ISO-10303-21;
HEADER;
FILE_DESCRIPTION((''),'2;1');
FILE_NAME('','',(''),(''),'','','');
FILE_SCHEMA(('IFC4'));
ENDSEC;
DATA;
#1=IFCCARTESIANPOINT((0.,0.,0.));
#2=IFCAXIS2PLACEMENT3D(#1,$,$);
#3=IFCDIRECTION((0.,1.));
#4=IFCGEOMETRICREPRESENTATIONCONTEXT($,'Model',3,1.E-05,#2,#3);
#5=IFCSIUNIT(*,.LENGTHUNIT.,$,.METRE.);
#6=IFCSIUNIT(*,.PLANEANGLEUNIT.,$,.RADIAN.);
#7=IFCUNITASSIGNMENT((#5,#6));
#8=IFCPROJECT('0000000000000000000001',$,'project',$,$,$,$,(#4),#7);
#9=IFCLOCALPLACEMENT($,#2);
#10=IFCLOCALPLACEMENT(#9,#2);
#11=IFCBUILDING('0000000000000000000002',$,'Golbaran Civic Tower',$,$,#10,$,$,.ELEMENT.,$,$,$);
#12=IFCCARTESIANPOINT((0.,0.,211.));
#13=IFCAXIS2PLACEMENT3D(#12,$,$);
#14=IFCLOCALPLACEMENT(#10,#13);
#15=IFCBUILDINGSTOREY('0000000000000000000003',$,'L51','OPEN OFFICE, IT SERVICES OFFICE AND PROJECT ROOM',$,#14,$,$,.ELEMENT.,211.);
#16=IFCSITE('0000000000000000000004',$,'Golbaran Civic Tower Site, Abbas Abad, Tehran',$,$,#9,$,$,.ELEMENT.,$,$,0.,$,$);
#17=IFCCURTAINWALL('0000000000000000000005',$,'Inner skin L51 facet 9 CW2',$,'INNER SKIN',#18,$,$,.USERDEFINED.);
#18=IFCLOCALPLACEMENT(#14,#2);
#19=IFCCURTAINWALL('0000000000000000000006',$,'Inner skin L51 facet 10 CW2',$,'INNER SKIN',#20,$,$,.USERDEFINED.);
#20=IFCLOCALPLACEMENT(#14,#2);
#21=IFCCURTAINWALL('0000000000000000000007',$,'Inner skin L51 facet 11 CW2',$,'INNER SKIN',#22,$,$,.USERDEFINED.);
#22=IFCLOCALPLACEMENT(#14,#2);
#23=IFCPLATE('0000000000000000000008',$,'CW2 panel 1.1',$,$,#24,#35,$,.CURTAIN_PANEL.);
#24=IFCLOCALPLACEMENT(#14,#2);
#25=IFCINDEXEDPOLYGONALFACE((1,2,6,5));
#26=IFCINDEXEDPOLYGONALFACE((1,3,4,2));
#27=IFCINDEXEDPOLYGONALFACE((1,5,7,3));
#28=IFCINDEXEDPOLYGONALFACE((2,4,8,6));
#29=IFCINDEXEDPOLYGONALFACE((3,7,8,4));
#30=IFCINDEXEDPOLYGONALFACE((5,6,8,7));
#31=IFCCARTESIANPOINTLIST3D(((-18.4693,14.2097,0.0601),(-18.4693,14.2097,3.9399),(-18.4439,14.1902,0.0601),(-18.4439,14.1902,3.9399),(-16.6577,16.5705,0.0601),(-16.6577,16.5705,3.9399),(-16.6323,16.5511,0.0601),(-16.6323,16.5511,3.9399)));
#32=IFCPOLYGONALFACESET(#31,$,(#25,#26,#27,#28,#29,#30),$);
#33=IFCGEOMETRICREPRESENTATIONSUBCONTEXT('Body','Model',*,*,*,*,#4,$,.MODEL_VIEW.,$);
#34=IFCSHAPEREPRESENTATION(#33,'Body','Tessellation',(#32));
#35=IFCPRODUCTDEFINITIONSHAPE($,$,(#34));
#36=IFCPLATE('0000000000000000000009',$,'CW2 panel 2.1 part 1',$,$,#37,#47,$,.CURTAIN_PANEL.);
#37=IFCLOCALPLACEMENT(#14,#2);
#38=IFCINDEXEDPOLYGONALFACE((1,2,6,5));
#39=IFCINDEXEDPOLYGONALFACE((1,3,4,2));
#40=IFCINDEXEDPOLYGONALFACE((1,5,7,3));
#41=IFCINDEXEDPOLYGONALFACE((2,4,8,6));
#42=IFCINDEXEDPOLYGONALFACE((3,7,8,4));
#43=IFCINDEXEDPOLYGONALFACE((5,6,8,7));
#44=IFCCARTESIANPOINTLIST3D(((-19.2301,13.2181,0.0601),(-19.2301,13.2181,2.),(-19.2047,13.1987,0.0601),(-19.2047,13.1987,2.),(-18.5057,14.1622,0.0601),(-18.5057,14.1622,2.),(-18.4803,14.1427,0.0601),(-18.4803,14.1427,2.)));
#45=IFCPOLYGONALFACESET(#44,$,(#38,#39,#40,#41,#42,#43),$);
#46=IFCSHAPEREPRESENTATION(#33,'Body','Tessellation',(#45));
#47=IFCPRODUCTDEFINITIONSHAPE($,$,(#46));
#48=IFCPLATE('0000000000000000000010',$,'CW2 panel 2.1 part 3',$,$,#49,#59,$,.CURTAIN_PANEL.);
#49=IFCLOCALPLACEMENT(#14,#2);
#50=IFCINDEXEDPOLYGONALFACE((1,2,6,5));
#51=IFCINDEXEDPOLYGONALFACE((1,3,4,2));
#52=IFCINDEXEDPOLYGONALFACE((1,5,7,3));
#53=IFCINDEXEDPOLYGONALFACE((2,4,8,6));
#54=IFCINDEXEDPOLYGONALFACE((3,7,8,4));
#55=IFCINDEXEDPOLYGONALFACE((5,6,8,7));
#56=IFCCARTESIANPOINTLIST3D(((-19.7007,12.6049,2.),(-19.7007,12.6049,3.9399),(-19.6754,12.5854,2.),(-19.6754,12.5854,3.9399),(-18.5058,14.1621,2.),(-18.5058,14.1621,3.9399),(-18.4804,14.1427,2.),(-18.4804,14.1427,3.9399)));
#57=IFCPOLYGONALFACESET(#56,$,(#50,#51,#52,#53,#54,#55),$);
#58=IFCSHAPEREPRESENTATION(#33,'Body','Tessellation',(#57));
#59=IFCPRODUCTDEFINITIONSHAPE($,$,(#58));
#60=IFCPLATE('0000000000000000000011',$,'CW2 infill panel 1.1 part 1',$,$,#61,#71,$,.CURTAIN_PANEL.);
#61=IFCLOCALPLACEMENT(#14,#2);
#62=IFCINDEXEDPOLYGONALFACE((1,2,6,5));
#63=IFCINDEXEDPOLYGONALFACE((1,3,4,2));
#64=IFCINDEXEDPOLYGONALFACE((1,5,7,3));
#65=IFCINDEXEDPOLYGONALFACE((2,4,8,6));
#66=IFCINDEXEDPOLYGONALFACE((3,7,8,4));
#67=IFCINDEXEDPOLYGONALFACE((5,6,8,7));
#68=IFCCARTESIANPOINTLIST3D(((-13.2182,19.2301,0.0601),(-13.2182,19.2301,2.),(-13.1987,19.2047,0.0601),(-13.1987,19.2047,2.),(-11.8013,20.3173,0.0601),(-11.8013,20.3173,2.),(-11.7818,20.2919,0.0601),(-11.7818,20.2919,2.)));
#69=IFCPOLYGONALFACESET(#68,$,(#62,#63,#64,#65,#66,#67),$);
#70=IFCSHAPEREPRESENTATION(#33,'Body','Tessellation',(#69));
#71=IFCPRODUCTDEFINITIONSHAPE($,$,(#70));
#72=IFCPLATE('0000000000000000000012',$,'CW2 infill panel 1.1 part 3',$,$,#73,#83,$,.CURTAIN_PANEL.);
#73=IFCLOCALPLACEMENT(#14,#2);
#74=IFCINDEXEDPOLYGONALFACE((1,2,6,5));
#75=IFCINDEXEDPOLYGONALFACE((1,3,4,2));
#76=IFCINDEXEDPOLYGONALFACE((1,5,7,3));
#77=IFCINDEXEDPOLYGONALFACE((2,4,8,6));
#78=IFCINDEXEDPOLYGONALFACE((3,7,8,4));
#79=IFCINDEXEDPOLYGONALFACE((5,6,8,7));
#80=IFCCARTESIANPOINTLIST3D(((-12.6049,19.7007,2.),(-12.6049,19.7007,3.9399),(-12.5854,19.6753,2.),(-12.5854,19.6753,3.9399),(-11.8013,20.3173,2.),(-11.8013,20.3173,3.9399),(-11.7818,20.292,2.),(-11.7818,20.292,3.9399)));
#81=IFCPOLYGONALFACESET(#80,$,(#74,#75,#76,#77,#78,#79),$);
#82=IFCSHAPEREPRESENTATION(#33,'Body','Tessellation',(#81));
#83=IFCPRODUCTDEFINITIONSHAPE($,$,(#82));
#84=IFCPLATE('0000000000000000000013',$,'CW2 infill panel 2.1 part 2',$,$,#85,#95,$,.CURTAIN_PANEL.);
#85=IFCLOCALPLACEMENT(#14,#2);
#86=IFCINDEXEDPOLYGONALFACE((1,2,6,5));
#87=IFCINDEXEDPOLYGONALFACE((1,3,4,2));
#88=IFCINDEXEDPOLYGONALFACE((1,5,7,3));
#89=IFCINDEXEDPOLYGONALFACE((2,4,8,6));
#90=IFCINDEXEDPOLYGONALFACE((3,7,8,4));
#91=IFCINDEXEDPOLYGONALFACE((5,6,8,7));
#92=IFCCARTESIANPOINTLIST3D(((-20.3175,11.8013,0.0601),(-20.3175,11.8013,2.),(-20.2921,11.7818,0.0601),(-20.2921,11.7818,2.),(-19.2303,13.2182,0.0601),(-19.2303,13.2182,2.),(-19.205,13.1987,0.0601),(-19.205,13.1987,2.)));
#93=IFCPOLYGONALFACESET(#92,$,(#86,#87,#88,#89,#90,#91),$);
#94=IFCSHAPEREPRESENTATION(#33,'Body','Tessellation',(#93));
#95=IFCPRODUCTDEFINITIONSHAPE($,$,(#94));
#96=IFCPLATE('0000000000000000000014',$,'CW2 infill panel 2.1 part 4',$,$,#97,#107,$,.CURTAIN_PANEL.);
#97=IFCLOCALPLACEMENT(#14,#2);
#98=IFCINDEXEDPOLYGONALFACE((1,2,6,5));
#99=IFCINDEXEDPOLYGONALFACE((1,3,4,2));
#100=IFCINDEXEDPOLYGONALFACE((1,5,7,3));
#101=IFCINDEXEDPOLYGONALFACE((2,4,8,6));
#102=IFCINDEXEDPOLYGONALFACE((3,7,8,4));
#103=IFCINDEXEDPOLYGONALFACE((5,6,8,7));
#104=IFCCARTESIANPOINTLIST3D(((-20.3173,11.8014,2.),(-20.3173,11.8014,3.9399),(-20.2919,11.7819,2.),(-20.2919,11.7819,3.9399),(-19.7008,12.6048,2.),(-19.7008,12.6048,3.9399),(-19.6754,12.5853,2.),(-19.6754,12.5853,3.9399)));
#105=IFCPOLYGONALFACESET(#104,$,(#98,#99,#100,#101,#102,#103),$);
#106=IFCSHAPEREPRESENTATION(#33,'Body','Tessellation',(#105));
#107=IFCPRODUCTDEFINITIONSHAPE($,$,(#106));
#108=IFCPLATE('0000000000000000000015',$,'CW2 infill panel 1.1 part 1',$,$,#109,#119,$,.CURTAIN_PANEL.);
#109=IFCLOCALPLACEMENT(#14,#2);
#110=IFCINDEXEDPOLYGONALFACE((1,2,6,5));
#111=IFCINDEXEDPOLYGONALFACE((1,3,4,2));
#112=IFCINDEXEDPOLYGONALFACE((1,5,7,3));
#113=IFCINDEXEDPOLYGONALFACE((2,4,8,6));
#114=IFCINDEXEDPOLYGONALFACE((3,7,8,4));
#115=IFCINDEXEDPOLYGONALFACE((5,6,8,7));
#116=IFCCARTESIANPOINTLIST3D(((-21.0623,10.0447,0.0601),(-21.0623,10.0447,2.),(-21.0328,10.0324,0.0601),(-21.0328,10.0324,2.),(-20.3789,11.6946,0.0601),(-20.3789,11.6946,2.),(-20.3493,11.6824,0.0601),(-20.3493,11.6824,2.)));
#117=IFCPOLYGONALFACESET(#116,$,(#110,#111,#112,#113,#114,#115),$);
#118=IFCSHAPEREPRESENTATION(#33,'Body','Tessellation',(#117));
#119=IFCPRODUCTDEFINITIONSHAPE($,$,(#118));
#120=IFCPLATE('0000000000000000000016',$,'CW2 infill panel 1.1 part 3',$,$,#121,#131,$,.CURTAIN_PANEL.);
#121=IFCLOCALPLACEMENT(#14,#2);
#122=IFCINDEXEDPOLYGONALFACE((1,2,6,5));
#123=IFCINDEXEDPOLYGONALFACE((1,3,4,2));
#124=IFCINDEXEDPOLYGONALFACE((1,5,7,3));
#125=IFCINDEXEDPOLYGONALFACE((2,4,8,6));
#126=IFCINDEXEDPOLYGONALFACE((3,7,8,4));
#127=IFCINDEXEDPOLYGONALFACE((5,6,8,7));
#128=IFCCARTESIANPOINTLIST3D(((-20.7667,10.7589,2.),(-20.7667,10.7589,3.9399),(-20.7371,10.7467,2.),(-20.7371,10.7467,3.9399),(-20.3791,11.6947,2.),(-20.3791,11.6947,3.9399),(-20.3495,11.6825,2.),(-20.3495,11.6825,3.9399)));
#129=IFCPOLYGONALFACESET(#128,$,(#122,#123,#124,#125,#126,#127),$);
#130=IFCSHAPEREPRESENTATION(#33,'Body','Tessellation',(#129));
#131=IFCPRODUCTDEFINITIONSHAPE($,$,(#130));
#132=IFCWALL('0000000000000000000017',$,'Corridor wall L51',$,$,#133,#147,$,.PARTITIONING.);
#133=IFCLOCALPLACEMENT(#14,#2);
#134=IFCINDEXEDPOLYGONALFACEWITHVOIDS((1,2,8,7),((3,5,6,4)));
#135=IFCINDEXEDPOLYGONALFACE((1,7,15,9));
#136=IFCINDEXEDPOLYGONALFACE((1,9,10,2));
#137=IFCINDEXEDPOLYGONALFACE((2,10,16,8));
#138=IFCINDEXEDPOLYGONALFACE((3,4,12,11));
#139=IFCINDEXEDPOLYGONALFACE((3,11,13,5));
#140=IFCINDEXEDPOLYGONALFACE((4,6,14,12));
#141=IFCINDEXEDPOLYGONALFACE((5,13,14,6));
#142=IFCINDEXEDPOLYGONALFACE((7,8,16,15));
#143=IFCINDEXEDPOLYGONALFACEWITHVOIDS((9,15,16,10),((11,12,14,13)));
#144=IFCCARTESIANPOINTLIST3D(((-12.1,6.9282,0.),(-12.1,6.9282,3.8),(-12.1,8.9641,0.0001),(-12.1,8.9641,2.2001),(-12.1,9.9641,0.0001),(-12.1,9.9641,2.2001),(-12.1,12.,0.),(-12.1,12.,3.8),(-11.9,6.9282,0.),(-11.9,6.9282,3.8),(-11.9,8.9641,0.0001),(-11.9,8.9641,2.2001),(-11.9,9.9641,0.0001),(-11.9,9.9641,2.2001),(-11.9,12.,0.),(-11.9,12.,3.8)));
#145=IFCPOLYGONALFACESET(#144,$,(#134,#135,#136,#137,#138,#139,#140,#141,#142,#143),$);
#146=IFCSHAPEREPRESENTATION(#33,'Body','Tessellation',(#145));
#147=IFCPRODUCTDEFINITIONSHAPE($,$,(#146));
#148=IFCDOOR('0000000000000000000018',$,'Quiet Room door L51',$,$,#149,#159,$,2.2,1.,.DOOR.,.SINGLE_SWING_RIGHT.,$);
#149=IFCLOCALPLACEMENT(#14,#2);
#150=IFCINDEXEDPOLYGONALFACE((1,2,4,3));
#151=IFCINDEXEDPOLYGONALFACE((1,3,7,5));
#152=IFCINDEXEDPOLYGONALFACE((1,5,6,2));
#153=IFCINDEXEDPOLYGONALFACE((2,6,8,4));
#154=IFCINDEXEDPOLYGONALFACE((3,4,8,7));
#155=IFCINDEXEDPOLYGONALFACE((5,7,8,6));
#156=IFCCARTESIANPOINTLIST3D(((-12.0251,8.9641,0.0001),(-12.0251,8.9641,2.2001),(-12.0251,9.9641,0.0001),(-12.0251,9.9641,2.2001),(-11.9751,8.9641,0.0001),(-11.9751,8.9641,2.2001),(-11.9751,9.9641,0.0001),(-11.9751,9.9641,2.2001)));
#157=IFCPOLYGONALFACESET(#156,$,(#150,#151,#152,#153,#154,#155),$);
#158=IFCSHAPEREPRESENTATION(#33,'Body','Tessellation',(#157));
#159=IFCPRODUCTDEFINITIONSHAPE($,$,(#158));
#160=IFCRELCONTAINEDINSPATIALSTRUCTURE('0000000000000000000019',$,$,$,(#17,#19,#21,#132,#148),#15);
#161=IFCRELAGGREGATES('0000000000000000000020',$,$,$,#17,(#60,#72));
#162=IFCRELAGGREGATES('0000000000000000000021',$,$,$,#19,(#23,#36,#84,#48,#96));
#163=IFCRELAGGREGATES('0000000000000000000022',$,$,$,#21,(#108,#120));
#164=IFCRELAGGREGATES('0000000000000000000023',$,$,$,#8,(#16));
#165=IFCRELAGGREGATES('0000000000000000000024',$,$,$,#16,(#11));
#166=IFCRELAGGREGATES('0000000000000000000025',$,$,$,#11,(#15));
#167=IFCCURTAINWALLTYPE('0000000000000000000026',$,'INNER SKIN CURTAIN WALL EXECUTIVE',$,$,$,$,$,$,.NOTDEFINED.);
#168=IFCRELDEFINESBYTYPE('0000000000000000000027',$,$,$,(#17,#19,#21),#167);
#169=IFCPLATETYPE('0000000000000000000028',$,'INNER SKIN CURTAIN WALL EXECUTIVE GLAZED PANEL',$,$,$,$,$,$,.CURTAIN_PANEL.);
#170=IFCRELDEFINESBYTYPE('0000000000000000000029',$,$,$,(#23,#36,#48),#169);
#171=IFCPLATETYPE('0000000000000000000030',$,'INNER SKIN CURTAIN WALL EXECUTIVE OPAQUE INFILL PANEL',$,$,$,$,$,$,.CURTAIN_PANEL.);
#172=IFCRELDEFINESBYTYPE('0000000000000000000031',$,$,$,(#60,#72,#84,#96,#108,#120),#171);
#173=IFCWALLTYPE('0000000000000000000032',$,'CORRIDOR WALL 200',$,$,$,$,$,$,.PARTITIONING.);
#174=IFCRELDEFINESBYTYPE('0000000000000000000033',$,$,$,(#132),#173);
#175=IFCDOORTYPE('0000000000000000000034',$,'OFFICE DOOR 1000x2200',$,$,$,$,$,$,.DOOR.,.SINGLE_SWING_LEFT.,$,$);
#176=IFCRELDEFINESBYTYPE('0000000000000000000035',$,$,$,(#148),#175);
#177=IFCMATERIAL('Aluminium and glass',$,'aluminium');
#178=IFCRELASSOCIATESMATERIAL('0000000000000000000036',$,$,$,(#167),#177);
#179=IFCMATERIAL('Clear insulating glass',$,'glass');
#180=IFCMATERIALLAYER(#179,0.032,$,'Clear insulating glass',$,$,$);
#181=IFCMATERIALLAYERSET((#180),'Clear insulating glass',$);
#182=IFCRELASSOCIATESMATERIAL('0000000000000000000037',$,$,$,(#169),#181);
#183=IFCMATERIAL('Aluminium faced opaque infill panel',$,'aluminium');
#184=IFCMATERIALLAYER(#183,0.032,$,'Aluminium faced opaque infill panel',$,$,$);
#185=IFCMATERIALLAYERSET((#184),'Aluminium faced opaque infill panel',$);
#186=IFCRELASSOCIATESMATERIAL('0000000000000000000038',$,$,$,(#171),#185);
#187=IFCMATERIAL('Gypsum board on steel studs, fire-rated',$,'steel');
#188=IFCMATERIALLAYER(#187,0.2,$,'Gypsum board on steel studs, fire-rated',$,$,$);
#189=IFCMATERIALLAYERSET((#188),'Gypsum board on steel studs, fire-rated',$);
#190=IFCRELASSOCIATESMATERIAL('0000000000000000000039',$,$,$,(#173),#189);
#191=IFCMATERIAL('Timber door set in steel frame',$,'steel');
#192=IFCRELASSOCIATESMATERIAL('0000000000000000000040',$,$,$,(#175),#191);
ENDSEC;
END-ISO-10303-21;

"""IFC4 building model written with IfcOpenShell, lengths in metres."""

from ifc_helpers import new_model, si_unit, direction, frame, frame_2d, origin, origin_2d, place, context, subcontext, project, spatial, rectangle, extrude, material, layer, layer_set, type_object, element, fill, aggregate, save


model = new_model("IFC4")

# Units and contexts
model_context = context("Model", 3, precision=1e-05, world=origin(), true_north=direction((0.0, 1.0)))
body_context = subcontext(model_context, "Body", "Model", "MODEL_VIEW")
ifc_project = project(units=[si_unit("LENGTHUNIT", "METRE"), si_unit("PLANEANGLEUNIT", "RADIAN")], contexts=[model_context])

# Site, building, storey
site_placement = place(None, origin())
site = spatial("IfcSite", under=ifc_project, at=site_placement, Name="Golbaran Civic Tower Site, Abbas Abad, Tehran", CompositionType="ELEMENT", RefElevation=0.0)
building_placement = place(site_placement, origin())
building = spatial("IfcBuilding", under=site, at=building_placement, Name="Golbaran Civic Tower", CompositionType="ELEMENT")
storey_placement = place(building_placement, frame((0.0, 0.0, 211.0)))
storey = spatial("IfcBuildingStorey", under=building, at=storey_placement, Name="L51", Description="OPEN OFFICE, IT SERVICES OFFICE AND PROJECT ROOM", CompositionType="ELEMENT", Elevation=211.0)

# Curtain walls
ifc_material_1 = material(Name="Aluminium and glass", Category="aluminium")
curtain_wall_type = type_object("IfcCurtainWallType", Name="INNER SKIN CURTAIN WALL EXECUTIVE", PredefinedType="NOTDEFINED", material=ifc_material_1)
curtain_wall_1_placement = place(storey_placement, origin())
curtain_wall_1 = element("IfcCurtainWall", 1, at=curtain_wall_1_placement, inside=storey, type_object=curtain_wall_type, Name="Inner skin L51 facet 9 CW2", ObjectType="INNER SKIN", PredefinedType="USERDEFINED")
curtain_wall_2_placement = place(storey_placement, origin())
curtain_wall_2 = element("IfcCurtainWall", 2, at=curtain_wall_2_placement, inside=storey, type_object=curtain_wall_type, Name="Inner skin L51 facet 10 CW2", ObjectType="INNER SKIN", PredefinedType="USERDEFINED")

# Curtain wall
curtain_wall_3_placement = place(storey_placement, origin())
curtain_wall_3 = element("IfcCurtainWall", 3, at=curtain_wall_3_placement, inside=storey, type_object=curtain_wall_type, Name="Inner skin L51 facet 11 CW2", ObjectType="INNER SKIN", PredefinedType="USERDEFINED")

# Plates
ifc_material_2 = material(Name="Clear insulating glass", Category="glass")
ifc_layer_1 = layer(ifc_material_2, 0.032, Name="Clear insulating glass")
ifc_layer_set_1 = layer_set([ifc_layer_1], Name="Clear insulating glass")
plate_type_1 = type_object("IfcPlateType", Name="INNER SKIN CURTAIN WALL EXECUTIVE GLAZED PANEL", PredefinedType="CURTAIN_PANEL", material=ifc_layer_set_1)
plate_1_placement = place(storey_placement, frame((-17.5508, 15.3804, 0.0601), z_axis=(0.0, 0.0, 1.0), x_axis=(-0.608761, -0.793353, 0.0)))
plate_1 = element("IfcPlate", 4, at=plate_1_placement, type_object=plate_type_1, Name="CW2 panel 1.1", PredefinedType="CURTAIN_PANEL", context=body_context, shape_type="SweptSolid", body=[
    extrude(rectangle(XDim=2.9758, YDim=0.032, at=origin_2d()), origin(), (0.0, 0.0, 1.0), 3.8799),
])
plate_2_placement = place(storey_placement, frame((-18.8552, 13.6804, 0.0601), z_axis=(0.0, 0.0, 1.0), x_axis=(-0.608761, -0.793353, 0.0)))
plate_2 = element("IfcPlate", 5, at=plate_2_placement, type_object=plate_type_1, Name="CW2 panel 2.1 part 1", PredefinedType="CURTAIN_PANEL", context=body_context, shape_type="SweptSolid", body=[
    extrude(rectangle(XDim=1.1899, YDim=0.032, at=origin_2d()), origin(), (0.0, 0.0, 1.0), 1.9399),
])
plate_3_placement = place(storey_placement, frame((-19.0906, 13.3738, 2.0), z_axis=(0.0, 0.0, 1.0), x_axis=(-0.608761, -0.793353, 0.0)))
plate_3 = element("IfcPlate", 6, at=plate_3_placement, type_object=plate_type_1, Name="CW2 panel 2.1 part 3", PredefinedType="CURTAIN_PANEL", context=body_context, shape_type="SweptSolid", body=[
    extrude(rectangle(XDim=1.9629, YDim=0.032, at=origin_2d()), origin(), (0.0, 0.0, 1.0), 1.9399),
])
ifc_material_3 = material(Name="Aluminium faced opaque infill panel", Category="aluminium")
ifc_layer_2 = layer(ifc_material_3, 0.032, Name="Aluminium faced opaque infill panel")
ifc_layer_set_2 = layer_set([ifc_layer_2], Name="Aluminium faced opaque infill panel")
plate_type_2 = type_object("IfcPlateType", Name="INNER SKIN CURTAIN WALL EXECUTIVE OPAQUE INFILL PANEL", PredefinedType="CURTAIN_PANEL", material=ifc_layer_set_2)
plate_4_placement = place(storey_placement, frame((-12.5, 19.761, 0.0601), z_axis=(0.0, 0.0, 1.0), x_axis=(-0.793353, -0.608761, 0.0)))
plate_4 = element("IfcPlate", 7, at=plate_4_placement, type_object=plate_type_2, Name="CW2 infill panel 1.1 part 1", PredefinedType="CURTAIN_PANEL", context=body_context, shape_type="SweptSolid", body=[
    extrude(rectangle(XDim=1.7859, YDim=0.032, at=origin_2d()), origin(), (0.0, 0.0, 1.0), 1.9399),
])
plate_5_placement = place(storey_placement, frame((-12.1934, 19.9963, 2.0), z_axis=(0.0, 0.0, 1.0), x_axis=(-0.793353, -0.608761, 0.0)))
plate_5 = element("IfcPlate", 8, at=plate_5_placement, type_object=plate_type_2, Name="CW2 infill panel 1.1 part 3", PredefinedType="CURTAIN_PANEL", context=body_context, shape_type="SweptSolid", body=[
    extrude(rectangle(XDim=1.0129, YDim=0.032, at=origin_2d()), origin(), (0.0, 0.0, 1.0), 1.9399),
])
aggregate(curtain_wall_1, [plate_4, plate_5])
plate_6_placement = place(storey_placement, frame((-19.7612, 12.5, 0.0601), z_axis=(0.0, 0.0, 1.0), x_axis=(-0.608761, -0.793353, 0.0)))
plate_6 = element("IfcPlate", 9, at=plate_6_placement, type_object=plate_type_2, Name="CW2 infill panel 2.1 part 2", PredefinedType="CURTAIN_PANEL", context=body_context, shape_type="SweptSolid", body=[
    extrude(rectangle(XDim=1.7859, YDim=0.032, at=origin_2d()), origin(), (0.0, 0.0, 1.0), 1.9399),
])
plate_7_placement = place(storey_placement, frame((-19.9963, 12.1934, 2.0), z_axis=(0.0, 0.0, 1.0), x_axis=(-0.608761, -0.793353, 0.0)))
plate_7 = element("IfcPlate", 10, at=plate_7_placement, type_object=plate_type_2, Name="CW2 infill panel 2.1 part 4", PredefinedType="CURTAIN_PANEL", context=body_context, shape_type="SweptSolid", body=[
    extrude(rectangle(XDim=1.0127, YDim=0.032, at=origin_2d()), origin(), (0.0, 0.0, 1.0), 1.9399),
])
aggregate(curtain_wall_2, [plate_1, plate_2, plate_6, plate_3, plate_7])
plate_8_placement = place(storey_placement, frame((-20.7058, 10.8635, 0.0601), z_axis=(0.0, 0.0, 1.0), x_axis=(-0.382683, -0.92388, 0.0)))
plate_8 = element("IfcPlate", 11, at=plate_8_placement, type_object=plate_type_2, Name="CW2 infill panel 1.1 part 1", PredefinedType="CURTAIN_PANEL", context=body_context, shape_type="SweptSolid", body=[
    extrude(rectangle(XDim=1.7859, YDim=0.032, at=origin_2d()), origin(), (0.0, 0.0, 1.0), 1.9399),
])
plate_9_placement = place(storey_placement, frame((-20.5581, 11.2207, 2.0), z_axis=(0.0, 0.0, 1.0), x_axis=(-0.382683, -0.92388, 0.0)))
plate_9 = element("IfcPlate", 12, at=plate_9_placement, type_object=plate_type_2, Name="CW2 infill panel 1.1 part 3", PredefinedType="CURTAIN_PANEL", context=body_context, shape_type="SweptSolid", body=[
    extrude(rectangle(XDim=1.0129, YDim=0.032, at=origin_2d()), origin(), (0.0, 0.0, 1.0), 1.9399),
])
aggregate(curtain_wall_3, [plate_8, plate_9])

# Wall, opening, door
ifc_material_4 = material(Name="Gypsum board on steel studs, fire-rated", Category="steel")
ifc_layer_3 = layer(ifc_material_4, 0.2, Name="Gypsum board on steel studs, fire-rated")
ifc_layer_set_3 = layer_set([ifc_layer_3], Name="Gypsum board on steel studs, fire-rated")
wall_type = type_object("IfcWallType", Name="CORRIDOR WALL 200", PredefinedType="PARTITIONING", material=ifc_layer_set_3)
wall_placement = place(storey_placement, frame((-12.0, 12.0, 0.0), z_axis=(0.0, 0.0, 1.0), x_axis=(0.0, -1.0, 0.0)))
wall = element("IfcWall", 13, at=wall_placement, inside=storey, type_object=wall_type, Name="Corridor wall L51", PredefinedType="PARTITIONING", context=body_context, shape_type="SweptSolid", body=[
    extrude(rectangle(XDim=5.0718, YDim=0.2, at=frame_2d((2.5359, 0.0))), origin(), (0.0, 0.0, 1.0), 3.8),
])
opening_placement = place(wall_placement, frame((2.0359, 0.0, 0.0)))
opening = element("IfcOpeningElement", 14, at=opening_placement, cuts=wall, PredefinedType="OPENING", context=body_context, shape_type="SweptSolid", body=[
    extrude(rectangle(XDim=1.0, YDim=2.2, at=frame_2d((0.5, 1.1001))), frame((0.0, 0.1099, 0.0), z_axis=(0.0, -1.0, 0.0), x_axis=(1.0, 0.0, 0.0)), (0.0, 0.0, 1.0), 0.22),
])
ifc_material_5 = material(Name="Timber door set in steel frame", Category="steel")
door_type = type_object("IfcDoorType", Name="OFFICE DOOR 1000x2200", OperationType="SINGLE_SWING_LEFT", PredefinedType="DOOR", material=ifc_material_5)
door_placement = place(opening_placement, origin())
door = element("IfcDoor", 15, at=door_placement, inside=storey, type_object=door_type, Name="Quiet Room door L51", OperationType="SINGLE_SWING_RIGHT", OverallHeight=2.2, OverallWidth=1.0, PredefinedType="DOOR", context=body_context, shape_type="SweptSolid", body=[
    extrude(rectangle(XDim=1.0, YDim=2.2, at=frame_2d((0.5, 1.1001))), frame((0.0, 0.0249, 0.0), z_axis=(0.0, -1.0, 0.0), x_axis=(1.0, 0.0, 0.0)), (0.0, 0.0, 1.0), 0.05),
])
fill(opening, door)

save(model, "model.ifc")
